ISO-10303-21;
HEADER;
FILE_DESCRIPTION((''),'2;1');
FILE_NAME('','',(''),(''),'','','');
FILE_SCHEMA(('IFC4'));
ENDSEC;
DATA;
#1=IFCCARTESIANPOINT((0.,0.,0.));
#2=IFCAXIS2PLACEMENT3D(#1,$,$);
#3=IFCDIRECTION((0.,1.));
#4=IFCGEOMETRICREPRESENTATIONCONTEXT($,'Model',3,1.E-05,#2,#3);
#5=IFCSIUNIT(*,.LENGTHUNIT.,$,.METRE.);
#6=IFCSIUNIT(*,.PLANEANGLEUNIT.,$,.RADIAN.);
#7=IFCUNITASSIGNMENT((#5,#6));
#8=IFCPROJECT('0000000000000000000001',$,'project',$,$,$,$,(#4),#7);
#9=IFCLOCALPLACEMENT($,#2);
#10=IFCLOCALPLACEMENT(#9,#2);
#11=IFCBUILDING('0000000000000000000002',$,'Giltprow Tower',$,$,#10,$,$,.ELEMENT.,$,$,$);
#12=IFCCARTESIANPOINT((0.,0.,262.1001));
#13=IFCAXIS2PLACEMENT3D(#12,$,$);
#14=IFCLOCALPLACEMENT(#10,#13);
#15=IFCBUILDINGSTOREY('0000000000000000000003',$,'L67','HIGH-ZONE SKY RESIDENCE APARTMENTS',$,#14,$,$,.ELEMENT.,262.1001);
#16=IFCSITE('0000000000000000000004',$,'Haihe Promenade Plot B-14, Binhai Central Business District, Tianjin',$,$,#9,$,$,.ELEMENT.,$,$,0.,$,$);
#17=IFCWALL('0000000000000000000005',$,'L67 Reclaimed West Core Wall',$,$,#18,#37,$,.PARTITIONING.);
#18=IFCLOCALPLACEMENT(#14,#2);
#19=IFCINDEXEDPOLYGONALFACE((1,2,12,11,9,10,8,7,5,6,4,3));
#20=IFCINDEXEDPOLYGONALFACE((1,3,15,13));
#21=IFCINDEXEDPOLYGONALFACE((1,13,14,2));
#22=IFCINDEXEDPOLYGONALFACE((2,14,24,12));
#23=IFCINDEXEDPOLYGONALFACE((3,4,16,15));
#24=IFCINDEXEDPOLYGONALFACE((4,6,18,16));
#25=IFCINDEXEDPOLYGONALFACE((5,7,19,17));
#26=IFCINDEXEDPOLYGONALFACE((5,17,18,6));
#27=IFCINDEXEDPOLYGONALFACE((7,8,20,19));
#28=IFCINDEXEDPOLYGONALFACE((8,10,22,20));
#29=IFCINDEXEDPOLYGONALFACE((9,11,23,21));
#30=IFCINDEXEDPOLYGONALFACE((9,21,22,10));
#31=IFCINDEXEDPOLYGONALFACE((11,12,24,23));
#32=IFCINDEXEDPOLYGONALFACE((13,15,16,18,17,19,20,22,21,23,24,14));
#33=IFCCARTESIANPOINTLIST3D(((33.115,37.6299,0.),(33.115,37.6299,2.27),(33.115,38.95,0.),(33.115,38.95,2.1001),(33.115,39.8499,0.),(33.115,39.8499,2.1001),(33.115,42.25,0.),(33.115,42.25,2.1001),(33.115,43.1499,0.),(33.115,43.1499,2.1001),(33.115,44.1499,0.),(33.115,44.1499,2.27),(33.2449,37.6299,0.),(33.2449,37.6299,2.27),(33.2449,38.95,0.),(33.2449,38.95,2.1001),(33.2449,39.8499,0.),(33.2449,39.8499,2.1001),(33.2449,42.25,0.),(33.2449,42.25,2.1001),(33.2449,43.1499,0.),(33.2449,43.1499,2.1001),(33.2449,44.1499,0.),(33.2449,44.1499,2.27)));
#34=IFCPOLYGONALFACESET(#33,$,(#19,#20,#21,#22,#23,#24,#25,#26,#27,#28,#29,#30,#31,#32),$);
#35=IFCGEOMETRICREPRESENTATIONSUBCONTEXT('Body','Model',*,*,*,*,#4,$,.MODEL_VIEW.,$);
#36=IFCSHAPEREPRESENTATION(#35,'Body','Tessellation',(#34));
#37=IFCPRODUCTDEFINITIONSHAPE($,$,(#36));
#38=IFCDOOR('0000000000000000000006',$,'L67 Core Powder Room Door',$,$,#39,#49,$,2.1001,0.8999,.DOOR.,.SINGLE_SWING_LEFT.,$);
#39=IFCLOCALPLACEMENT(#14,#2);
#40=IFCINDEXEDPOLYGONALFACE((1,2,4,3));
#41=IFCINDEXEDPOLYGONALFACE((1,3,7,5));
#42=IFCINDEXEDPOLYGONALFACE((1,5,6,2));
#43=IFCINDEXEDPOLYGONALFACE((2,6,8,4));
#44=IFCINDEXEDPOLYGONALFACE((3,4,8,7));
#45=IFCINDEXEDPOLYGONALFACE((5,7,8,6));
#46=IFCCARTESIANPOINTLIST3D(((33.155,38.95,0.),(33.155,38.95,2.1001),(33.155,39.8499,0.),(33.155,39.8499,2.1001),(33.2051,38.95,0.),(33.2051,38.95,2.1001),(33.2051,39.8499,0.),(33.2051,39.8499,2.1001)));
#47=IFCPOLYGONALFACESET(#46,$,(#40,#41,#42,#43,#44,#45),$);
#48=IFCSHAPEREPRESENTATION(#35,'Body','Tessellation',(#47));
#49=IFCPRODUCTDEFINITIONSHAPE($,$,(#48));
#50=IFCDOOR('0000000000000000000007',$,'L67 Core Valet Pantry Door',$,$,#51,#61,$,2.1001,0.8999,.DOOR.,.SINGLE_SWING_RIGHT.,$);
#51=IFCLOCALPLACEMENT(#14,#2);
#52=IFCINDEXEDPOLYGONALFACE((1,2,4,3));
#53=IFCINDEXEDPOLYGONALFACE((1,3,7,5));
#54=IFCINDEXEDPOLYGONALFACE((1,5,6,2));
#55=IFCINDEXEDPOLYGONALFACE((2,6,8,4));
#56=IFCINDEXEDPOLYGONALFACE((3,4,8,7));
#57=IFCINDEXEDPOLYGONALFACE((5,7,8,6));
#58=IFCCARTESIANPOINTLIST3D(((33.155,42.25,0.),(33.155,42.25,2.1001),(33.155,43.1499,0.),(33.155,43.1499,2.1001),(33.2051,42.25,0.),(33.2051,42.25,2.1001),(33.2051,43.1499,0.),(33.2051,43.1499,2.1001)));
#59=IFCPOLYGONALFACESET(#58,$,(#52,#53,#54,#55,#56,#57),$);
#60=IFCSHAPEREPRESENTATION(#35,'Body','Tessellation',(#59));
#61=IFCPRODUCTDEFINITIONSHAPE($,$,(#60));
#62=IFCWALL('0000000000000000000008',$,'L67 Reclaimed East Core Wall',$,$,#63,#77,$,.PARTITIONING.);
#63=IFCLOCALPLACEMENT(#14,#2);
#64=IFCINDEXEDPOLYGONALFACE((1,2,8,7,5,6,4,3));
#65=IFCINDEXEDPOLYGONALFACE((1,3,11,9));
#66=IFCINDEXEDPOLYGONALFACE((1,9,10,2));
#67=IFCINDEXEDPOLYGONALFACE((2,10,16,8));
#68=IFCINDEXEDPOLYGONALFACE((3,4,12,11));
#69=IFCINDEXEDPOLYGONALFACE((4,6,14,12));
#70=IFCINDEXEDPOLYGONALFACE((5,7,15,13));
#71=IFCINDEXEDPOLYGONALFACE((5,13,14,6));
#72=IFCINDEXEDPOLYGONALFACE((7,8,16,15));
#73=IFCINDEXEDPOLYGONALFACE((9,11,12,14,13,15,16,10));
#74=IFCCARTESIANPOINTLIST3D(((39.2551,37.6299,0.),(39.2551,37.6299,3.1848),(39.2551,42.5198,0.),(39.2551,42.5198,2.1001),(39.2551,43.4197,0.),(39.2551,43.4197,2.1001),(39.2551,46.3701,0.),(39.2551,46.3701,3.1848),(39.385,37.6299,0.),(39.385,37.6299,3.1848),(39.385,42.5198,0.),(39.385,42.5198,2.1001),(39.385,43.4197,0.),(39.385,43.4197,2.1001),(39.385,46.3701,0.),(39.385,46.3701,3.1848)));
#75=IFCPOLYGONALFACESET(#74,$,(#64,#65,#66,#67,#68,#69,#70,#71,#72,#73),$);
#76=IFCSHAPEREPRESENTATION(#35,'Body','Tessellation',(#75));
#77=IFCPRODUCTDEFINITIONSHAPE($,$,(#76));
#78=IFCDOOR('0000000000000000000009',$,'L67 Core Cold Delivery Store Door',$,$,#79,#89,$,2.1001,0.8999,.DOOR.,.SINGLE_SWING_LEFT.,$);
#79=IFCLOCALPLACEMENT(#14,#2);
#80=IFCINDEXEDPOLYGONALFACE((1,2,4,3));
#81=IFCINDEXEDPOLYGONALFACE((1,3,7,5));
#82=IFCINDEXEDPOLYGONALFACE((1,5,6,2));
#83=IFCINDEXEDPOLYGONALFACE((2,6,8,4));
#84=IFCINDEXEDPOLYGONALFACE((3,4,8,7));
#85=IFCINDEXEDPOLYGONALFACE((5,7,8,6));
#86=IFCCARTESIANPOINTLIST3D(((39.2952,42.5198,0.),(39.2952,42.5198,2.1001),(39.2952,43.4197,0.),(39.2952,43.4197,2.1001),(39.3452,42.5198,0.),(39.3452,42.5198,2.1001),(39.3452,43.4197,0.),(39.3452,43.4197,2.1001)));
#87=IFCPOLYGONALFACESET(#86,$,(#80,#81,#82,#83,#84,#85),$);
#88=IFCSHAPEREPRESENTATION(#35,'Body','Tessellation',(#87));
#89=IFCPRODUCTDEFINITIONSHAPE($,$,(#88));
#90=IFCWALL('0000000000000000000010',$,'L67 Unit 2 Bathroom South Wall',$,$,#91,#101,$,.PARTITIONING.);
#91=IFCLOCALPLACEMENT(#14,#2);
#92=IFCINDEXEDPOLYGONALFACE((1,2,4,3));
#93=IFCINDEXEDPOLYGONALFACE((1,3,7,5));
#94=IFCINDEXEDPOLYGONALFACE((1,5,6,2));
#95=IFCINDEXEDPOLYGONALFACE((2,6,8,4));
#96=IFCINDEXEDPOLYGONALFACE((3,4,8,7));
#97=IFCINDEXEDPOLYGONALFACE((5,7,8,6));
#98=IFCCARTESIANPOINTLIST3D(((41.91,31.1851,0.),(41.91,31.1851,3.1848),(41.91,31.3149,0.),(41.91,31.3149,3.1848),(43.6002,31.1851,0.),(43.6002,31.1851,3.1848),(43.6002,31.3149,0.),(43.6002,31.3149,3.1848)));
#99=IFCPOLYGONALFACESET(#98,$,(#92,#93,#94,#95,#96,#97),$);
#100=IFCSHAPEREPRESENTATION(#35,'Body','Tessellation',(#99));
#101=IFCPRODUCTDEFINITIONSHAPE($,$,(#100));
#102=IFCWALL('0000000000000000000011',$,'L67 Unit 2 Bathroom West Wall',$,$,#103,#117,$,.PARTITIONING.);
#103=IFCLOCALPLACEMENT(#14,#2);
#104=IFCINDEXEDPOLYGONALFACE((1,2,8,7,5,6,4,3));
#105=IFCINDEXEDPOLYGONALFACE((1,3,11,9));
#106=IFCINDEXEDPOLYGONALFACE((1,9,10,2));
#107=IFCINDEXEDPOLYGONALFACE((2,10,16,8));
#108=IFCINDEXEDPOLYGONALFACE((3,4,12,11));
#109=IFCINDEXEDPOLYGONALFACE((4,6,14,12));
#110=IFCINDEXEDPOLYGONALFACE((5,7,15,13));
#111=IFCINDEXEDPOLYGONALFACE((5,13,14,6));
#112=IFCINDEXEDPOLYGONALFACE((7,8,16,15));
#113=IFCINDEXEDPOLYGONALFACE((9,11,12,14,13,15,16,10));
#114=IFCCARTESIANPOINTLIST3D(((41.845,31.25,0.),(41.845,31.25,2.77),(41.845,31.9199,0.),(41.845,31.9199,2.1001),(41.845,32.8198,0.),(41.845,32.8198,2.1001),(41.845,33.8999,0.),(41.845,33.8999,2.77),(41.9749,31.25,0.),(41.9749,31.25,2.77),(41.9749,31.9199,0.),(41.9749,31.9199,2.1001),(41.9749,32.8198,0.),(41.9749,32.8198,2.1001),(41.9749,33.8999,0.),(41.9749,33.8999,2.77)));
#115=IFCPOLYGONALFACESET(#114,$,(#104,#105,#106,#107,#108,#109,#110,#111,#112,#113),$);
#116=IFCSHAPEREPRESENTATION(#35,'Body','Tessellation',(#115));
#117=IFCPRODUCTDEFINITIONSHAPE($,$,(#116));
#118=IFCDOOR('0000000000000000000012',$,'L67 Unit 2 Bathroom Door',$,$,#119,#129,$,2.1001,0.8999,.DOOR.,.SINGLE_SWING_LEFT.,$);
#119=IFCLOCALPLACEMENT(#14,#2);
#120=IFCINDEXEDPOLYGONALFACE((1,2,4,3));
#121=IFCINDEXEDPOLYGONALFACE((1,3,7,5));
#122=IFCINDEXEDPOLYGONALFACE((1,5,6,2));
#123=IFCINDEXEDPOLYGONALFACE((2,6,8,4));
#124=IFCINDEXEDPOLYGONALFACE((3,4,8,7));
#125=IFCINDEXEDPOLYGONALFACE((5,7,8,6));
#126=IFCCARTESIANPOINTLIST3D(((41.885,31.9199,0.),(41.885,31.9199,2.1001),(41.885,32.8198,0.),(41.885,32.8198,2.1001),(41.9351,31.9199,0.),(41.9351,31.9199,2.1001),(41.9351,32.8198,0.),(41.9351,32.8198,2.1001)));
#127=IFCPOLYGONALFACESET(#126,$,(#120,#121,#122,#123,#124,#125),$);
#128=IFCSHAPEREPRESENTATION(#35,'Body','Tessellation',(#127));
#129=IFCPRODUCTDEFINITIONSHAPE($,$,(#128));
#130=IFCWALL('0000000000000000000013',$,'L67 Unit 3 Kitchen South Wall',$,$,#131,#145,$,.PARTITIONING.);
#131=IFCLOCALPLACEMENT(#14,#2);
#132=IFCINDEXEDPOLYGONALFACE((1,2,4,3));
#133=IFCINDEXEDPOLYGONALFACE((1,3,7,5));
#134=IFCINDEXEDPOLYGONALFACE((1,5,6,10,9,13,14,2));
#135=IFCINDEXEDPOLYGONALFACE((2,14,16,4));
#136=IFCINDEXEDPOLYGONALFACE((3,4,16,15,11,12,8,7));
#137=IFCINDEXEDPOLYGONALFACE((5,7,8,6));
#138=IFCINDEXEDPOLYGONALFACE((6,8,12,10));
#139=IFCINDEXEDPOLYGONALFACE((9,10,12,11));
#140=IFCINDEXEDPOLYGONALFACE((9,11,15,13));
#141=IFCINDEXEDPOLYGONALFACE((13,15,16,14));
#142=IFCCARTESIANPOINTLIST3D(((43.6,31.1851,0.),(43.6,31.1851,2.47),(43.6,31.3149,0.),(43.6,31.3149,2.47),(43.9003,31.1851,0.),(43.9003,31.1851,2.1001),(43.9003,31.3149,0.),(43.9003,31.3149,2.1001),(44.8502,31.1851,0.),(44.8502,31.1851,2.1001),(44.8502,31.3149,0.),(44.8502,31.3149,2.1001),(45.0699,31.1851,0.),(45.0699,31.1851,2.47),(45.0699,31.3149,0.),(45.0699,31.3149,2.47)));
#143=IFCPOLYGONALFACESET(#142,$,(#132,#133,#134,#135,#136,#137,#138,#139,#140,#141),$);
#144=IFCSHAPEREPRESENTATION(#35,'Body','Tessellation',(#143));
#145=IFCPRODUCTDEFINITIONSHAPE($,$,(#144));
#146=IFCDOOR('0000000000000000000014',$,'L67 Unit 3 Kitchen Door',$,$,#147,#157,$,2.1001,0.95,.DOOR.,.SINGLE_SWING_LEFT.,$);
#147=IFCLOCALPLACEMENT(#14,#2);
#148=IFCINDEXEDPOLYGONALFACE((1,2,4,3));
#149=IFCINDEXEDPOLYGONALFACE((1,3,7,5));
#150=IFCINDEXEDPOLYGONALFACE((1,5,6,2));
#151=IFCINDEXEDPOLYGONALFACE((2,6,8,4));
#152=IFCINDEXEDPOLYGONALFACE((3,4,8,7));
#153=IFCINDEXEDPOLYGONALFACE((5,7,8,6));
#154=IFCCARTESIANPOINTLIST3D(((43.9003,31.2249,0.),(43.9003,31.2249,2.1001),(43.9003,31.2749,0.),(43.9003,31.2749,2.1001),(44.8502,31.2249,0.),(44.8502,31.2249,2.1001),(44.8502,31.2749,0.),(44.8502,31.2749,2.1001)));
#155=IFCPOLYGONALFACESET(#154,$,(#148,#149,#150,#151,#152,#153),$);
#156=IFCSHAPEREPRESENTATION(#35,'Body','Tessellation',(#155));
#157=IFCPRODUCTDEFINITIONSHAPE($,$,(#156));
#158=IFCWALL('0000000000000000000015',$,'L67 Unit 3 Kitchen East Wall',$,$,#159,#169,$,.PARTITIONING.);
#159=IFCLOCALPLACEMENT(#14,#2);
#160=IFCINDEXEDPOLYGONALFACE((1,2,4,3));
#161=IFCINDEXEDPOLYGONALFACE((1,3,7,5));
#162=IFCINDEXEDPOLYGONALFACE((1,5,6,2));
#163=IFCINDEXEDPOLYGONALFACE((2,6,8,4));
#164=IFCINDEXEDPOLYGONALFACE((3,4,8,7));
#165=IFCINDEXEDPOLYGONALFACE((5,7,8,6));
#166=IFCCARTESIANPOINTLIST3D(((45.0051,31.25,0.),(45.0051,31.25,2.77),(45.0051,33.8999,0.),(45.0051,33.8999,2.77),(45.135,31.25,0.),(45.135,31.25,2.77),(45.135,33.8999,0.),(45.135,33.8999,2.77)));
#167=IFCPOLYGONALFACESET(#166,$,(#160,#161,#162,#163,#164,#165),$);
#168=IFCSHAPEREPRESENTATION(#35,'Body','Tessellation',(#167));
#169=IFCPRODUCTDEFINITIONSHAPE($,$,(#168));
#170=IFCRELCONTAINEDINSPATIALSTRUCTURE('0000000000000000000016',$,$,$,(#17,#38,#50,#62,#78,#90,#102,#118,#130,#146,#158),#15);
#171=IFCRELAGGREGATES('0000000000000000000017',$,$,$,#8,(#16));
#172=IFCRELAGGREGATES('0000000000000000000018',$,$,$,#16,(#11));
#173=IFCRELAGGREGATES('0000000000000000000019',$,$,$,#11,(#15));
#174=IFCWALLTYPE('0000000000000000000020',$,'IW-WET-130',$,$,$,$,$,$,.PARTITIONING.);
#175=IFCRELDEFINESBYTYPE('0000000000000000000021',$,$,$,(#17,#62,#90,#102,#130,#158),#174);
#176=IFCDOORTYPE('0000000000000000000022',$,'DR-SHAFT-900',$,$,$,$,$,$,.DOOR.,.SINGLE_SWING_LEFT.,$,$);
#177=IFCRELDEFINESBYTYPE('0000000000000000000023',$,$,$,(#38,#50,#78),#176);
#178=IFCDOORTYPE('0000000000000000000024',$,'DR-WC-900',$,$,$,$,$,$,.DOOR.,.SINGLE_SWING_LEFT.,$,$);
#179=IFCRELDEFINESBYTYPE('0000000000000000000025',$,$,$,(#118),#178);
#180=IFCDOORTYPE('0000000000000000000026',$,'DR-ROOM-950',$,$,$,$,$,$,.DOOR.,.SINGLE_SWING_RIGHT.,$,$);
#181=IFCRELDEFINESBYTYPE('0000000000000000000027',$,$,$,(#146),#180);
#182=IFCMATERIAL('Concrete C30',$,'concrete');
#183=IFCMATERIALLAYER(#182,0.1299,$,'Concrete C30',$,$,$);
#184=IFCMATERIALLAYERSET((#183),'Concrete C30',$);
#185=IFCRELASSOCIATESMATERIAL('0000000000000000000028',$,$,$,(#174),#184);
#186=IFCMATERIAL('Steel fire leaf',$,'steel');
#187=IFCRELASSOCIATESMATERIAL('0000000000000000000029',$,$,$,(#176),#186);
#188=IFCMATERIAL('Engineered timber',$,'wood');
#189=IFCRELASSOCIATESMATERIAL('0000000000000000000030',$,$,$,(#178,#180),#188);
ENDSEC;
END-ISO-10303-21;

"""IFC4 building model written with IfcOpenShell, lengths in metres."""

from ifc_helpers import new_model, si_unit, direction, frame, frame_2d, origin, place, context, subcontext, project, spatial, rectangle, extrude, source, transform, mapped, material, layer, layer_set, type_object, element, fill, save


model = new_model("IFC4")

# Units and contexts
model_context = context("Model", 3, precision=1e-05, world=origin(), true_north=direction((0.0, 1.0)))
body_context = subcontext(model_context, "Body", "Model", "MODEL_VIEW")
ifc_project = project(units=[si_unit("LENGTHUNIT", "METRE"), si_unit("PLANEANGLEUNIT", "RADIAN")], contexts=[model_context])

# Site, building, storey
site_placement = place(None, origin())
site = spatial("IfcSite", under=ifc_project, at=site_placement, Name="Haihe Promenade Plot B-14, Binhai Central Business District, Tianjin", CompositionType="ELEMENT", RefElevation=0.0)
building_placement = place(site_placement, origin())
building = spatial("IfcBuilding", under=site, at=building_placement, Name="Giltprow Tower", CompositionType="ELEMENT")
storey_placement = place(building_placement, frame((0.0, 0.0, 262.1001)))
storey = spatial("IfcBuildingStorey", under=building, at=storey_placement, Name="L67", Description="HIGH-ZONE SKY RESIDENCE APARTMENTS", CompositionType="ELEMENT", Elevation=262.1001)

# Wall, openings, doors
ifc_material_1 = material(Name="Concrete C30", Category="concrete")
ifc_layer_1 = layer(ifc_material_1, 0.1299, Name="Concrete C30")
ifc_layer_set_1 = layer_set([ifc_layer_1], Name="Concrete C30")
wall_type_1 = type_object("IfcWallType", Name="IW-WET-130", PredefinedType="PARTITIONING", material=ifc_layer_set_1)
wall_1_placement = place(storey_placement, frame((33.1799, 37.6299, 0.0), z_axis=(0.0, 0.0, 1.0), x_axis=(0.0, 1.0, 0.0)))
wall_1 = element("IfcWall", 1, at=wall_1_placement, inside=storey, type_object=wall_type_1, Name="L67 Reclaimed West Core Wall", PredefinedType="PARTITIONING", context=body_context, shape_type="SweptSolid", body=[
    extrude(rectangle(XDim=6.52, YDim=0.1299, at=frame_2d((3.26, 0.0))), origin(), (0.0, 0.0, 1.0), 2.27),
])
opening_1_placement = place(wall_1_placement, frame((1.3201, 0.0, 0.0)))
opening_1 = element("IfcOpeningElement", 2, at=opening_1_placement, cuts=wall_1, PredefinedType="OPENING", context=body_context, shape_type="SweptSolid", body=[
    extrude(rectangle(XDim=0.8999, YDim=2.1001, at=frame_2d((0.45, 1.05))), frame((0.0, 0.075, 0.0), z_axis=(0.0, -1.0, 0.0), x_axis=(1.0, 0.0, 0.0)), (0.0, 0.0, 1.0), 0.1499),
])
opening_2_placement = place(wall_1_placement, frame((4.6201, 0.0, 0.0)))
opening_2 = element("IfcOpeningElement", 3, at=opening_2_placement, cuts=wall_1, PredefinedType="OPENING", context=body_context, shape_type="SweptSolid", body=[
    extrude(rectangle(XDim=0.8999, YDim=2.1001, at=frame_2d((0.45, 1.05))), frame((0.0, 0.075, 0.0), z_axis=(0.0, -1.0, 0.0), x_axis=(1.0, 0.0, 0.0)), (0.0, 0.0, 1.0), 0.1499),
])
ifc_material_2 = material(Name="Steel fire leaf", Category="steel")
door_type_1 = type_object("IfcDoorType", Name="DR-SHAFT-900", OperationType="SINGLE_SWING_LEFT", PredefinedType="DOOR", material=ifc_material_2)
shared_shape_1 = source(origin(), body_context, "Body", "SweptSolid", [
    extrude(rectangle(XDim=0.8999, YDim=2.1001, at=frame_2d((0.45, 1.05))), frame((0.0, 0.0249, 0.0), z_axis=(0.0, -1.0, 0.0), x_axis=(1.0, 0.0, 0.0)), (0.0, 0.0, 1.0), 0.05),
])
door_1_placement = place(opening_1_placement, origin())
door_1 = element("IfcDoor", 4, at=door_1_placement, inside=storey, type_object=door_type_1, Name="L67 Core Powder Room Door", OperationType="SINGLE_SWING_LEFT", OverallHeight=2.1001, OverallWidth=0.8999, PredefinedType="DOOR", context=body_context, shape_type="MappedRepresentation", body=[
    mapped(shared_shape_1, transform((0.0, 0.0, 0.0), x_axis=(1.0, 0.0, 0.0), y_axis=(0.0, 1.0, 0.0), z_axis=(0.0, 0.0, 1.0), scale=1.0)),
])
fill(opening_1, door_1)
door_2_placement = place(opening_2_placement, origin())
door_2 = element("IfcDoor", 5, at=door_2_placement, inside=storey, type_object=door_type_1, Name="L67 Core Valet Pantry Door", OperationType="SINGLE_SWING_RIGHT", OverallHeight=2.1001, OverallWidth=0.8999, PredefinedType="DOOR", context=body_context, shape_type="MappedRepresentation", body=[
    mapped(shared_shape_1, transform((0.0, 0.0, 0.0), x_axis=(1.0, 0.0, 0.0), y_axis=(0.0, 1.0, 0.0), z_axis=(0.0, 0.0, 1.0), scale=1.0)),
])
fill(opening_2, door_2)

# Wall, opening, door
wall_2_placement = place(storey_placement, frame((39.3201, 37.6299, 0.0), z_axis=(0.0, 0.0, 1.0), x_axis=(0.0, 1.0, 0.0)))
wall_2 = element("IfcWall", 6, at=wall_2_placement, inside=storey, type_object=wall_type_1, Name="L67 Reclaimed East Core Wall", PredefinedType="PARTITIONING", context=body_context, shape_type="SweptSolid", body=[
    extrude(rectangle(XDim=8.7402, YDim=0.1299, at=frame_2d((4.3701, 0.0))), origin(), (0.0, 0.0, 1.0), 3.1848),
])
opening_3_placement = place(wall_2_placement, frame((4.8899, 0.0, 0.0)))
opening_3 = element("IfcOpeningElement", 7, at=opening_3_placement, cuts=wall_2, PredefinedType="OPENING", context=body_context, shape_type="SweptSolid", body=[
    extrude(rectangle(XDim=0.8999, YDim=2.1001, at=frame_2d((0.45, 1.05))), frame((0.0, 0.075, 0.0), z_axis=(0.0, -1.0, 0.0), x_axis=(1.0, 0.0, 0.0)), (0.0, 0.0, 1.0), 0.1499),
])
door_3_placement = place(opening_3_placement, origin())
door_3 = element("IfcDoor", 8, at=door_3_placement, inside=storey, type_object=door_type_1, Name="L67 Core Cold Delivery Store Door", OperationType="SINGLE_SWING_LEFT", OverallHeight=2.1001, OverallWidth=0.8999, PredefinedType="DOOR", context=body_context, shape_type="MappedRepresentation", body=[
    mapped(shared_shape_1, transform((0.0, 0.0, 0.0), x_axis=(1.0, 0.0, 0.0), y_axis=(0.0, 1.0, 0.0), z_axis=(0.0, 0.0, 1.0), scale=1.0)),
])
fill(opening_3, door_3)

# Wall
wall_3_placement = place(storey_placement, frame((41.9099, 31.25, 0.0), z_axis=(0.0, 0.0, 1.0), x_axis=(1.0, 0.0, 0.0)))
element("IfcWall", 9, at=wall_3_placement, inside=storey, type_object=wall_type_1, Name="L67 Unit 2 Bathroom South Wall", PredefinedType="PARTITIONING", context=body_context, shape_type="SweptSolid", body=[
    extrude(rectangle(XDim=1.6902, YDim=0.1299, at=frame_2d((0.8452, 0.0))), origin(), (0.0, 0.0, 1.0), 3.1848),
])

# Walls, openings, doors
wall_4_placement = place(storey_placement, frame((41.9099, 31.25, 0.0), z_axis=(0.0, 0.0, 1.0), x_axis=(0.0, 1.0, 0.0)))
wall_4 = element("IfcWall", 10, at=wall_4_placement, inside=storey, type_object=wall_type_1, Name="L67 Unit 2 Bathroom West Wall", PredefinedType="PARTITIONING", context=body_context, shape_type="SweptSolid", body=[
    extrude(rectangle(XDim=2.6499, YDim=0.1299, at=frame_2d((1.325, 0.0))), origin(), (0.0, 0.0, 1.0), 2.77),
])
opening_4_placement = place(wall_4_placement, frame((0.6699, 0.0, 0.0)))
opening_4 = element("IfcOpeningElement", 11, at=opening_4_placement, cuts=wall_4, PredefinedType="OPENING", context=body_context, shape_type="SweptSolid", body=[
    extrude(rectangle(XDim=0.8999, YDim=2.1001, at=frame_2d((0.45, 1.05))), frame((0.0, 0.075, 0.0), z_axis=(0.0, -1.0, 0.0), x_axis=(1.0, 0.0, 0.0)), (0.0, 0.0, 1.0), 0.1499),
])
ifc_material_3 = material(Name="Engineered timber", Category="wood")
door_type_2 = type_object("IfcDoorType", Name="DR-WC-900", OperationType="SINGLE_SWING_LEFT", PredefinedType="DOOR", material=ifc_material_3)
door_4_placement = place(opening_4_placement, origin())
door_4 = element("IfcDoor", 12, at=door_4_placement, inside=storey, type_object=door_type_2, Name="L67 Unit 2 Bathroom Door", OperationType="SINGLE_SWING_LEFT", OverallHeight=2.1001, OverallWidth=0.8999, PredefinedType="DOOR", context=body_context, shape_type="MappedRepresentation", body=[
    mapped(shared_shape_1, transform((0.0, 0.0, 0.0), x_axis=(1.0, 0.0, 0.0), y_axis=(0.0, 1.0, 0.0), z_axis=(0.0, 0.0, 1.0), scale=1.0)),
])
fill(opening_4, door_4)
wall_5_placement = place(storey_placement, frame((43.6001, 31.25, 0.0), z_axis=(0.0, 0.0, 1.0), x_axis=(1.0, 0.0, 0.0)))
wall_5 = element("IfcWall", 13, at=wall_5_placement, inside=storey, type_object=wall_type_1, Name="L67 Unit 3 Kitchen South Wall", PredefinedType="PARTITIONING", context=body_context, shape_type="SweptSolid", body=[
    extrude(rectangle(XDim=1.47, YDim=0.1299, at=frame_2d((0.7349, 0.0))), origin(), (0.0, 0.0, 1.0), 2.47),
])
opening_5_placement = place(wall_5_placement, frame((0.3, 0.0, 0.0)))
opening_5 = element("IfcOpeningElement", 14, at=opening_5_placement, cuts=wall_5, PredefinedType="OPENING", context=body_context, shape_type="SweptSolid", body=[
    extrude(rectangle(XDim=0.95, YDim=2.1001, at=frame_2d((0.4751, 1.05))), frame((0.0, 0.075, 0.0), z_axis=(0.0, -1.0, 0.0), x_axis=(1.0, 0.0, 0.0)), (0.0, 0.0, 1.0), 0.1499),
])
door_type_3 = type_object("IfcDoorType", Name="DR-ROOM-950", OperationType="SINGLE_SWING_RIGHT", PredefinedType="DOOR", material=ifc_material_3)
shared_shape_2 = source(origin(), body_context, "Body", "SweptSolid", [
    extrude(rectangle(XDim=0.95, YDim=2.1001, at=frame_2d((0.4751, 1.05))), frame((0.0, 0.0249, 0.0), z_axis=(0.0, -1.0, 0.0), x_axis=(1.0, 0.0, 0.0)), (0.0, 0.0, 1.0), 0.05),
])
door_5_placement = place(opening_5_placement, origin())
door_5 = element("IfcDoor", 15, at=door_5_placement, inside=storey, type_object=door_type_3, Name="L67 Unit 3 Kitchen Door", OperationType="SINGLE_SWING_LEFT", OverallHeight=2.1001, OverallWidth=0.95, PredefinedType="DOOR", context=body_context, shape_type="MappedRepresentation", body=[
    mapped(shared_shape_2, transform((0.0, 0.0, 0.0), x_axis=(1.0, 0.0, 0.0), y_axis=(0.0, 1.0, 0.0), z_axis=(0.0, 0.0, 1.0), scale=1.0)),
])
fill(opening_5, door_5)

# Wall
wall_6_placement = place(storey_placement, frame((45.0701, 31.25, 0.0), z_axis=(0.0, 0.0, 1.0), x_axis=(0.0, 1.0, 0.0)))
element("IfcWall", 16, at=wall_6_placement, inside=storey, type_object=wall_type_1, Name="L67 Unit 3 Kitchen East Wall", PredefinedType="PARTITIONING", context=body_context, shape_type="SweptSolid", body=[
    extrude(rectangle(XDim=2.6499, YDim=0.1299, at=frame_2d((1.325, 0.0))), origin(), (0.0, 0.0, 1.0), 2.77),
])

save(model, "model.ifc")
